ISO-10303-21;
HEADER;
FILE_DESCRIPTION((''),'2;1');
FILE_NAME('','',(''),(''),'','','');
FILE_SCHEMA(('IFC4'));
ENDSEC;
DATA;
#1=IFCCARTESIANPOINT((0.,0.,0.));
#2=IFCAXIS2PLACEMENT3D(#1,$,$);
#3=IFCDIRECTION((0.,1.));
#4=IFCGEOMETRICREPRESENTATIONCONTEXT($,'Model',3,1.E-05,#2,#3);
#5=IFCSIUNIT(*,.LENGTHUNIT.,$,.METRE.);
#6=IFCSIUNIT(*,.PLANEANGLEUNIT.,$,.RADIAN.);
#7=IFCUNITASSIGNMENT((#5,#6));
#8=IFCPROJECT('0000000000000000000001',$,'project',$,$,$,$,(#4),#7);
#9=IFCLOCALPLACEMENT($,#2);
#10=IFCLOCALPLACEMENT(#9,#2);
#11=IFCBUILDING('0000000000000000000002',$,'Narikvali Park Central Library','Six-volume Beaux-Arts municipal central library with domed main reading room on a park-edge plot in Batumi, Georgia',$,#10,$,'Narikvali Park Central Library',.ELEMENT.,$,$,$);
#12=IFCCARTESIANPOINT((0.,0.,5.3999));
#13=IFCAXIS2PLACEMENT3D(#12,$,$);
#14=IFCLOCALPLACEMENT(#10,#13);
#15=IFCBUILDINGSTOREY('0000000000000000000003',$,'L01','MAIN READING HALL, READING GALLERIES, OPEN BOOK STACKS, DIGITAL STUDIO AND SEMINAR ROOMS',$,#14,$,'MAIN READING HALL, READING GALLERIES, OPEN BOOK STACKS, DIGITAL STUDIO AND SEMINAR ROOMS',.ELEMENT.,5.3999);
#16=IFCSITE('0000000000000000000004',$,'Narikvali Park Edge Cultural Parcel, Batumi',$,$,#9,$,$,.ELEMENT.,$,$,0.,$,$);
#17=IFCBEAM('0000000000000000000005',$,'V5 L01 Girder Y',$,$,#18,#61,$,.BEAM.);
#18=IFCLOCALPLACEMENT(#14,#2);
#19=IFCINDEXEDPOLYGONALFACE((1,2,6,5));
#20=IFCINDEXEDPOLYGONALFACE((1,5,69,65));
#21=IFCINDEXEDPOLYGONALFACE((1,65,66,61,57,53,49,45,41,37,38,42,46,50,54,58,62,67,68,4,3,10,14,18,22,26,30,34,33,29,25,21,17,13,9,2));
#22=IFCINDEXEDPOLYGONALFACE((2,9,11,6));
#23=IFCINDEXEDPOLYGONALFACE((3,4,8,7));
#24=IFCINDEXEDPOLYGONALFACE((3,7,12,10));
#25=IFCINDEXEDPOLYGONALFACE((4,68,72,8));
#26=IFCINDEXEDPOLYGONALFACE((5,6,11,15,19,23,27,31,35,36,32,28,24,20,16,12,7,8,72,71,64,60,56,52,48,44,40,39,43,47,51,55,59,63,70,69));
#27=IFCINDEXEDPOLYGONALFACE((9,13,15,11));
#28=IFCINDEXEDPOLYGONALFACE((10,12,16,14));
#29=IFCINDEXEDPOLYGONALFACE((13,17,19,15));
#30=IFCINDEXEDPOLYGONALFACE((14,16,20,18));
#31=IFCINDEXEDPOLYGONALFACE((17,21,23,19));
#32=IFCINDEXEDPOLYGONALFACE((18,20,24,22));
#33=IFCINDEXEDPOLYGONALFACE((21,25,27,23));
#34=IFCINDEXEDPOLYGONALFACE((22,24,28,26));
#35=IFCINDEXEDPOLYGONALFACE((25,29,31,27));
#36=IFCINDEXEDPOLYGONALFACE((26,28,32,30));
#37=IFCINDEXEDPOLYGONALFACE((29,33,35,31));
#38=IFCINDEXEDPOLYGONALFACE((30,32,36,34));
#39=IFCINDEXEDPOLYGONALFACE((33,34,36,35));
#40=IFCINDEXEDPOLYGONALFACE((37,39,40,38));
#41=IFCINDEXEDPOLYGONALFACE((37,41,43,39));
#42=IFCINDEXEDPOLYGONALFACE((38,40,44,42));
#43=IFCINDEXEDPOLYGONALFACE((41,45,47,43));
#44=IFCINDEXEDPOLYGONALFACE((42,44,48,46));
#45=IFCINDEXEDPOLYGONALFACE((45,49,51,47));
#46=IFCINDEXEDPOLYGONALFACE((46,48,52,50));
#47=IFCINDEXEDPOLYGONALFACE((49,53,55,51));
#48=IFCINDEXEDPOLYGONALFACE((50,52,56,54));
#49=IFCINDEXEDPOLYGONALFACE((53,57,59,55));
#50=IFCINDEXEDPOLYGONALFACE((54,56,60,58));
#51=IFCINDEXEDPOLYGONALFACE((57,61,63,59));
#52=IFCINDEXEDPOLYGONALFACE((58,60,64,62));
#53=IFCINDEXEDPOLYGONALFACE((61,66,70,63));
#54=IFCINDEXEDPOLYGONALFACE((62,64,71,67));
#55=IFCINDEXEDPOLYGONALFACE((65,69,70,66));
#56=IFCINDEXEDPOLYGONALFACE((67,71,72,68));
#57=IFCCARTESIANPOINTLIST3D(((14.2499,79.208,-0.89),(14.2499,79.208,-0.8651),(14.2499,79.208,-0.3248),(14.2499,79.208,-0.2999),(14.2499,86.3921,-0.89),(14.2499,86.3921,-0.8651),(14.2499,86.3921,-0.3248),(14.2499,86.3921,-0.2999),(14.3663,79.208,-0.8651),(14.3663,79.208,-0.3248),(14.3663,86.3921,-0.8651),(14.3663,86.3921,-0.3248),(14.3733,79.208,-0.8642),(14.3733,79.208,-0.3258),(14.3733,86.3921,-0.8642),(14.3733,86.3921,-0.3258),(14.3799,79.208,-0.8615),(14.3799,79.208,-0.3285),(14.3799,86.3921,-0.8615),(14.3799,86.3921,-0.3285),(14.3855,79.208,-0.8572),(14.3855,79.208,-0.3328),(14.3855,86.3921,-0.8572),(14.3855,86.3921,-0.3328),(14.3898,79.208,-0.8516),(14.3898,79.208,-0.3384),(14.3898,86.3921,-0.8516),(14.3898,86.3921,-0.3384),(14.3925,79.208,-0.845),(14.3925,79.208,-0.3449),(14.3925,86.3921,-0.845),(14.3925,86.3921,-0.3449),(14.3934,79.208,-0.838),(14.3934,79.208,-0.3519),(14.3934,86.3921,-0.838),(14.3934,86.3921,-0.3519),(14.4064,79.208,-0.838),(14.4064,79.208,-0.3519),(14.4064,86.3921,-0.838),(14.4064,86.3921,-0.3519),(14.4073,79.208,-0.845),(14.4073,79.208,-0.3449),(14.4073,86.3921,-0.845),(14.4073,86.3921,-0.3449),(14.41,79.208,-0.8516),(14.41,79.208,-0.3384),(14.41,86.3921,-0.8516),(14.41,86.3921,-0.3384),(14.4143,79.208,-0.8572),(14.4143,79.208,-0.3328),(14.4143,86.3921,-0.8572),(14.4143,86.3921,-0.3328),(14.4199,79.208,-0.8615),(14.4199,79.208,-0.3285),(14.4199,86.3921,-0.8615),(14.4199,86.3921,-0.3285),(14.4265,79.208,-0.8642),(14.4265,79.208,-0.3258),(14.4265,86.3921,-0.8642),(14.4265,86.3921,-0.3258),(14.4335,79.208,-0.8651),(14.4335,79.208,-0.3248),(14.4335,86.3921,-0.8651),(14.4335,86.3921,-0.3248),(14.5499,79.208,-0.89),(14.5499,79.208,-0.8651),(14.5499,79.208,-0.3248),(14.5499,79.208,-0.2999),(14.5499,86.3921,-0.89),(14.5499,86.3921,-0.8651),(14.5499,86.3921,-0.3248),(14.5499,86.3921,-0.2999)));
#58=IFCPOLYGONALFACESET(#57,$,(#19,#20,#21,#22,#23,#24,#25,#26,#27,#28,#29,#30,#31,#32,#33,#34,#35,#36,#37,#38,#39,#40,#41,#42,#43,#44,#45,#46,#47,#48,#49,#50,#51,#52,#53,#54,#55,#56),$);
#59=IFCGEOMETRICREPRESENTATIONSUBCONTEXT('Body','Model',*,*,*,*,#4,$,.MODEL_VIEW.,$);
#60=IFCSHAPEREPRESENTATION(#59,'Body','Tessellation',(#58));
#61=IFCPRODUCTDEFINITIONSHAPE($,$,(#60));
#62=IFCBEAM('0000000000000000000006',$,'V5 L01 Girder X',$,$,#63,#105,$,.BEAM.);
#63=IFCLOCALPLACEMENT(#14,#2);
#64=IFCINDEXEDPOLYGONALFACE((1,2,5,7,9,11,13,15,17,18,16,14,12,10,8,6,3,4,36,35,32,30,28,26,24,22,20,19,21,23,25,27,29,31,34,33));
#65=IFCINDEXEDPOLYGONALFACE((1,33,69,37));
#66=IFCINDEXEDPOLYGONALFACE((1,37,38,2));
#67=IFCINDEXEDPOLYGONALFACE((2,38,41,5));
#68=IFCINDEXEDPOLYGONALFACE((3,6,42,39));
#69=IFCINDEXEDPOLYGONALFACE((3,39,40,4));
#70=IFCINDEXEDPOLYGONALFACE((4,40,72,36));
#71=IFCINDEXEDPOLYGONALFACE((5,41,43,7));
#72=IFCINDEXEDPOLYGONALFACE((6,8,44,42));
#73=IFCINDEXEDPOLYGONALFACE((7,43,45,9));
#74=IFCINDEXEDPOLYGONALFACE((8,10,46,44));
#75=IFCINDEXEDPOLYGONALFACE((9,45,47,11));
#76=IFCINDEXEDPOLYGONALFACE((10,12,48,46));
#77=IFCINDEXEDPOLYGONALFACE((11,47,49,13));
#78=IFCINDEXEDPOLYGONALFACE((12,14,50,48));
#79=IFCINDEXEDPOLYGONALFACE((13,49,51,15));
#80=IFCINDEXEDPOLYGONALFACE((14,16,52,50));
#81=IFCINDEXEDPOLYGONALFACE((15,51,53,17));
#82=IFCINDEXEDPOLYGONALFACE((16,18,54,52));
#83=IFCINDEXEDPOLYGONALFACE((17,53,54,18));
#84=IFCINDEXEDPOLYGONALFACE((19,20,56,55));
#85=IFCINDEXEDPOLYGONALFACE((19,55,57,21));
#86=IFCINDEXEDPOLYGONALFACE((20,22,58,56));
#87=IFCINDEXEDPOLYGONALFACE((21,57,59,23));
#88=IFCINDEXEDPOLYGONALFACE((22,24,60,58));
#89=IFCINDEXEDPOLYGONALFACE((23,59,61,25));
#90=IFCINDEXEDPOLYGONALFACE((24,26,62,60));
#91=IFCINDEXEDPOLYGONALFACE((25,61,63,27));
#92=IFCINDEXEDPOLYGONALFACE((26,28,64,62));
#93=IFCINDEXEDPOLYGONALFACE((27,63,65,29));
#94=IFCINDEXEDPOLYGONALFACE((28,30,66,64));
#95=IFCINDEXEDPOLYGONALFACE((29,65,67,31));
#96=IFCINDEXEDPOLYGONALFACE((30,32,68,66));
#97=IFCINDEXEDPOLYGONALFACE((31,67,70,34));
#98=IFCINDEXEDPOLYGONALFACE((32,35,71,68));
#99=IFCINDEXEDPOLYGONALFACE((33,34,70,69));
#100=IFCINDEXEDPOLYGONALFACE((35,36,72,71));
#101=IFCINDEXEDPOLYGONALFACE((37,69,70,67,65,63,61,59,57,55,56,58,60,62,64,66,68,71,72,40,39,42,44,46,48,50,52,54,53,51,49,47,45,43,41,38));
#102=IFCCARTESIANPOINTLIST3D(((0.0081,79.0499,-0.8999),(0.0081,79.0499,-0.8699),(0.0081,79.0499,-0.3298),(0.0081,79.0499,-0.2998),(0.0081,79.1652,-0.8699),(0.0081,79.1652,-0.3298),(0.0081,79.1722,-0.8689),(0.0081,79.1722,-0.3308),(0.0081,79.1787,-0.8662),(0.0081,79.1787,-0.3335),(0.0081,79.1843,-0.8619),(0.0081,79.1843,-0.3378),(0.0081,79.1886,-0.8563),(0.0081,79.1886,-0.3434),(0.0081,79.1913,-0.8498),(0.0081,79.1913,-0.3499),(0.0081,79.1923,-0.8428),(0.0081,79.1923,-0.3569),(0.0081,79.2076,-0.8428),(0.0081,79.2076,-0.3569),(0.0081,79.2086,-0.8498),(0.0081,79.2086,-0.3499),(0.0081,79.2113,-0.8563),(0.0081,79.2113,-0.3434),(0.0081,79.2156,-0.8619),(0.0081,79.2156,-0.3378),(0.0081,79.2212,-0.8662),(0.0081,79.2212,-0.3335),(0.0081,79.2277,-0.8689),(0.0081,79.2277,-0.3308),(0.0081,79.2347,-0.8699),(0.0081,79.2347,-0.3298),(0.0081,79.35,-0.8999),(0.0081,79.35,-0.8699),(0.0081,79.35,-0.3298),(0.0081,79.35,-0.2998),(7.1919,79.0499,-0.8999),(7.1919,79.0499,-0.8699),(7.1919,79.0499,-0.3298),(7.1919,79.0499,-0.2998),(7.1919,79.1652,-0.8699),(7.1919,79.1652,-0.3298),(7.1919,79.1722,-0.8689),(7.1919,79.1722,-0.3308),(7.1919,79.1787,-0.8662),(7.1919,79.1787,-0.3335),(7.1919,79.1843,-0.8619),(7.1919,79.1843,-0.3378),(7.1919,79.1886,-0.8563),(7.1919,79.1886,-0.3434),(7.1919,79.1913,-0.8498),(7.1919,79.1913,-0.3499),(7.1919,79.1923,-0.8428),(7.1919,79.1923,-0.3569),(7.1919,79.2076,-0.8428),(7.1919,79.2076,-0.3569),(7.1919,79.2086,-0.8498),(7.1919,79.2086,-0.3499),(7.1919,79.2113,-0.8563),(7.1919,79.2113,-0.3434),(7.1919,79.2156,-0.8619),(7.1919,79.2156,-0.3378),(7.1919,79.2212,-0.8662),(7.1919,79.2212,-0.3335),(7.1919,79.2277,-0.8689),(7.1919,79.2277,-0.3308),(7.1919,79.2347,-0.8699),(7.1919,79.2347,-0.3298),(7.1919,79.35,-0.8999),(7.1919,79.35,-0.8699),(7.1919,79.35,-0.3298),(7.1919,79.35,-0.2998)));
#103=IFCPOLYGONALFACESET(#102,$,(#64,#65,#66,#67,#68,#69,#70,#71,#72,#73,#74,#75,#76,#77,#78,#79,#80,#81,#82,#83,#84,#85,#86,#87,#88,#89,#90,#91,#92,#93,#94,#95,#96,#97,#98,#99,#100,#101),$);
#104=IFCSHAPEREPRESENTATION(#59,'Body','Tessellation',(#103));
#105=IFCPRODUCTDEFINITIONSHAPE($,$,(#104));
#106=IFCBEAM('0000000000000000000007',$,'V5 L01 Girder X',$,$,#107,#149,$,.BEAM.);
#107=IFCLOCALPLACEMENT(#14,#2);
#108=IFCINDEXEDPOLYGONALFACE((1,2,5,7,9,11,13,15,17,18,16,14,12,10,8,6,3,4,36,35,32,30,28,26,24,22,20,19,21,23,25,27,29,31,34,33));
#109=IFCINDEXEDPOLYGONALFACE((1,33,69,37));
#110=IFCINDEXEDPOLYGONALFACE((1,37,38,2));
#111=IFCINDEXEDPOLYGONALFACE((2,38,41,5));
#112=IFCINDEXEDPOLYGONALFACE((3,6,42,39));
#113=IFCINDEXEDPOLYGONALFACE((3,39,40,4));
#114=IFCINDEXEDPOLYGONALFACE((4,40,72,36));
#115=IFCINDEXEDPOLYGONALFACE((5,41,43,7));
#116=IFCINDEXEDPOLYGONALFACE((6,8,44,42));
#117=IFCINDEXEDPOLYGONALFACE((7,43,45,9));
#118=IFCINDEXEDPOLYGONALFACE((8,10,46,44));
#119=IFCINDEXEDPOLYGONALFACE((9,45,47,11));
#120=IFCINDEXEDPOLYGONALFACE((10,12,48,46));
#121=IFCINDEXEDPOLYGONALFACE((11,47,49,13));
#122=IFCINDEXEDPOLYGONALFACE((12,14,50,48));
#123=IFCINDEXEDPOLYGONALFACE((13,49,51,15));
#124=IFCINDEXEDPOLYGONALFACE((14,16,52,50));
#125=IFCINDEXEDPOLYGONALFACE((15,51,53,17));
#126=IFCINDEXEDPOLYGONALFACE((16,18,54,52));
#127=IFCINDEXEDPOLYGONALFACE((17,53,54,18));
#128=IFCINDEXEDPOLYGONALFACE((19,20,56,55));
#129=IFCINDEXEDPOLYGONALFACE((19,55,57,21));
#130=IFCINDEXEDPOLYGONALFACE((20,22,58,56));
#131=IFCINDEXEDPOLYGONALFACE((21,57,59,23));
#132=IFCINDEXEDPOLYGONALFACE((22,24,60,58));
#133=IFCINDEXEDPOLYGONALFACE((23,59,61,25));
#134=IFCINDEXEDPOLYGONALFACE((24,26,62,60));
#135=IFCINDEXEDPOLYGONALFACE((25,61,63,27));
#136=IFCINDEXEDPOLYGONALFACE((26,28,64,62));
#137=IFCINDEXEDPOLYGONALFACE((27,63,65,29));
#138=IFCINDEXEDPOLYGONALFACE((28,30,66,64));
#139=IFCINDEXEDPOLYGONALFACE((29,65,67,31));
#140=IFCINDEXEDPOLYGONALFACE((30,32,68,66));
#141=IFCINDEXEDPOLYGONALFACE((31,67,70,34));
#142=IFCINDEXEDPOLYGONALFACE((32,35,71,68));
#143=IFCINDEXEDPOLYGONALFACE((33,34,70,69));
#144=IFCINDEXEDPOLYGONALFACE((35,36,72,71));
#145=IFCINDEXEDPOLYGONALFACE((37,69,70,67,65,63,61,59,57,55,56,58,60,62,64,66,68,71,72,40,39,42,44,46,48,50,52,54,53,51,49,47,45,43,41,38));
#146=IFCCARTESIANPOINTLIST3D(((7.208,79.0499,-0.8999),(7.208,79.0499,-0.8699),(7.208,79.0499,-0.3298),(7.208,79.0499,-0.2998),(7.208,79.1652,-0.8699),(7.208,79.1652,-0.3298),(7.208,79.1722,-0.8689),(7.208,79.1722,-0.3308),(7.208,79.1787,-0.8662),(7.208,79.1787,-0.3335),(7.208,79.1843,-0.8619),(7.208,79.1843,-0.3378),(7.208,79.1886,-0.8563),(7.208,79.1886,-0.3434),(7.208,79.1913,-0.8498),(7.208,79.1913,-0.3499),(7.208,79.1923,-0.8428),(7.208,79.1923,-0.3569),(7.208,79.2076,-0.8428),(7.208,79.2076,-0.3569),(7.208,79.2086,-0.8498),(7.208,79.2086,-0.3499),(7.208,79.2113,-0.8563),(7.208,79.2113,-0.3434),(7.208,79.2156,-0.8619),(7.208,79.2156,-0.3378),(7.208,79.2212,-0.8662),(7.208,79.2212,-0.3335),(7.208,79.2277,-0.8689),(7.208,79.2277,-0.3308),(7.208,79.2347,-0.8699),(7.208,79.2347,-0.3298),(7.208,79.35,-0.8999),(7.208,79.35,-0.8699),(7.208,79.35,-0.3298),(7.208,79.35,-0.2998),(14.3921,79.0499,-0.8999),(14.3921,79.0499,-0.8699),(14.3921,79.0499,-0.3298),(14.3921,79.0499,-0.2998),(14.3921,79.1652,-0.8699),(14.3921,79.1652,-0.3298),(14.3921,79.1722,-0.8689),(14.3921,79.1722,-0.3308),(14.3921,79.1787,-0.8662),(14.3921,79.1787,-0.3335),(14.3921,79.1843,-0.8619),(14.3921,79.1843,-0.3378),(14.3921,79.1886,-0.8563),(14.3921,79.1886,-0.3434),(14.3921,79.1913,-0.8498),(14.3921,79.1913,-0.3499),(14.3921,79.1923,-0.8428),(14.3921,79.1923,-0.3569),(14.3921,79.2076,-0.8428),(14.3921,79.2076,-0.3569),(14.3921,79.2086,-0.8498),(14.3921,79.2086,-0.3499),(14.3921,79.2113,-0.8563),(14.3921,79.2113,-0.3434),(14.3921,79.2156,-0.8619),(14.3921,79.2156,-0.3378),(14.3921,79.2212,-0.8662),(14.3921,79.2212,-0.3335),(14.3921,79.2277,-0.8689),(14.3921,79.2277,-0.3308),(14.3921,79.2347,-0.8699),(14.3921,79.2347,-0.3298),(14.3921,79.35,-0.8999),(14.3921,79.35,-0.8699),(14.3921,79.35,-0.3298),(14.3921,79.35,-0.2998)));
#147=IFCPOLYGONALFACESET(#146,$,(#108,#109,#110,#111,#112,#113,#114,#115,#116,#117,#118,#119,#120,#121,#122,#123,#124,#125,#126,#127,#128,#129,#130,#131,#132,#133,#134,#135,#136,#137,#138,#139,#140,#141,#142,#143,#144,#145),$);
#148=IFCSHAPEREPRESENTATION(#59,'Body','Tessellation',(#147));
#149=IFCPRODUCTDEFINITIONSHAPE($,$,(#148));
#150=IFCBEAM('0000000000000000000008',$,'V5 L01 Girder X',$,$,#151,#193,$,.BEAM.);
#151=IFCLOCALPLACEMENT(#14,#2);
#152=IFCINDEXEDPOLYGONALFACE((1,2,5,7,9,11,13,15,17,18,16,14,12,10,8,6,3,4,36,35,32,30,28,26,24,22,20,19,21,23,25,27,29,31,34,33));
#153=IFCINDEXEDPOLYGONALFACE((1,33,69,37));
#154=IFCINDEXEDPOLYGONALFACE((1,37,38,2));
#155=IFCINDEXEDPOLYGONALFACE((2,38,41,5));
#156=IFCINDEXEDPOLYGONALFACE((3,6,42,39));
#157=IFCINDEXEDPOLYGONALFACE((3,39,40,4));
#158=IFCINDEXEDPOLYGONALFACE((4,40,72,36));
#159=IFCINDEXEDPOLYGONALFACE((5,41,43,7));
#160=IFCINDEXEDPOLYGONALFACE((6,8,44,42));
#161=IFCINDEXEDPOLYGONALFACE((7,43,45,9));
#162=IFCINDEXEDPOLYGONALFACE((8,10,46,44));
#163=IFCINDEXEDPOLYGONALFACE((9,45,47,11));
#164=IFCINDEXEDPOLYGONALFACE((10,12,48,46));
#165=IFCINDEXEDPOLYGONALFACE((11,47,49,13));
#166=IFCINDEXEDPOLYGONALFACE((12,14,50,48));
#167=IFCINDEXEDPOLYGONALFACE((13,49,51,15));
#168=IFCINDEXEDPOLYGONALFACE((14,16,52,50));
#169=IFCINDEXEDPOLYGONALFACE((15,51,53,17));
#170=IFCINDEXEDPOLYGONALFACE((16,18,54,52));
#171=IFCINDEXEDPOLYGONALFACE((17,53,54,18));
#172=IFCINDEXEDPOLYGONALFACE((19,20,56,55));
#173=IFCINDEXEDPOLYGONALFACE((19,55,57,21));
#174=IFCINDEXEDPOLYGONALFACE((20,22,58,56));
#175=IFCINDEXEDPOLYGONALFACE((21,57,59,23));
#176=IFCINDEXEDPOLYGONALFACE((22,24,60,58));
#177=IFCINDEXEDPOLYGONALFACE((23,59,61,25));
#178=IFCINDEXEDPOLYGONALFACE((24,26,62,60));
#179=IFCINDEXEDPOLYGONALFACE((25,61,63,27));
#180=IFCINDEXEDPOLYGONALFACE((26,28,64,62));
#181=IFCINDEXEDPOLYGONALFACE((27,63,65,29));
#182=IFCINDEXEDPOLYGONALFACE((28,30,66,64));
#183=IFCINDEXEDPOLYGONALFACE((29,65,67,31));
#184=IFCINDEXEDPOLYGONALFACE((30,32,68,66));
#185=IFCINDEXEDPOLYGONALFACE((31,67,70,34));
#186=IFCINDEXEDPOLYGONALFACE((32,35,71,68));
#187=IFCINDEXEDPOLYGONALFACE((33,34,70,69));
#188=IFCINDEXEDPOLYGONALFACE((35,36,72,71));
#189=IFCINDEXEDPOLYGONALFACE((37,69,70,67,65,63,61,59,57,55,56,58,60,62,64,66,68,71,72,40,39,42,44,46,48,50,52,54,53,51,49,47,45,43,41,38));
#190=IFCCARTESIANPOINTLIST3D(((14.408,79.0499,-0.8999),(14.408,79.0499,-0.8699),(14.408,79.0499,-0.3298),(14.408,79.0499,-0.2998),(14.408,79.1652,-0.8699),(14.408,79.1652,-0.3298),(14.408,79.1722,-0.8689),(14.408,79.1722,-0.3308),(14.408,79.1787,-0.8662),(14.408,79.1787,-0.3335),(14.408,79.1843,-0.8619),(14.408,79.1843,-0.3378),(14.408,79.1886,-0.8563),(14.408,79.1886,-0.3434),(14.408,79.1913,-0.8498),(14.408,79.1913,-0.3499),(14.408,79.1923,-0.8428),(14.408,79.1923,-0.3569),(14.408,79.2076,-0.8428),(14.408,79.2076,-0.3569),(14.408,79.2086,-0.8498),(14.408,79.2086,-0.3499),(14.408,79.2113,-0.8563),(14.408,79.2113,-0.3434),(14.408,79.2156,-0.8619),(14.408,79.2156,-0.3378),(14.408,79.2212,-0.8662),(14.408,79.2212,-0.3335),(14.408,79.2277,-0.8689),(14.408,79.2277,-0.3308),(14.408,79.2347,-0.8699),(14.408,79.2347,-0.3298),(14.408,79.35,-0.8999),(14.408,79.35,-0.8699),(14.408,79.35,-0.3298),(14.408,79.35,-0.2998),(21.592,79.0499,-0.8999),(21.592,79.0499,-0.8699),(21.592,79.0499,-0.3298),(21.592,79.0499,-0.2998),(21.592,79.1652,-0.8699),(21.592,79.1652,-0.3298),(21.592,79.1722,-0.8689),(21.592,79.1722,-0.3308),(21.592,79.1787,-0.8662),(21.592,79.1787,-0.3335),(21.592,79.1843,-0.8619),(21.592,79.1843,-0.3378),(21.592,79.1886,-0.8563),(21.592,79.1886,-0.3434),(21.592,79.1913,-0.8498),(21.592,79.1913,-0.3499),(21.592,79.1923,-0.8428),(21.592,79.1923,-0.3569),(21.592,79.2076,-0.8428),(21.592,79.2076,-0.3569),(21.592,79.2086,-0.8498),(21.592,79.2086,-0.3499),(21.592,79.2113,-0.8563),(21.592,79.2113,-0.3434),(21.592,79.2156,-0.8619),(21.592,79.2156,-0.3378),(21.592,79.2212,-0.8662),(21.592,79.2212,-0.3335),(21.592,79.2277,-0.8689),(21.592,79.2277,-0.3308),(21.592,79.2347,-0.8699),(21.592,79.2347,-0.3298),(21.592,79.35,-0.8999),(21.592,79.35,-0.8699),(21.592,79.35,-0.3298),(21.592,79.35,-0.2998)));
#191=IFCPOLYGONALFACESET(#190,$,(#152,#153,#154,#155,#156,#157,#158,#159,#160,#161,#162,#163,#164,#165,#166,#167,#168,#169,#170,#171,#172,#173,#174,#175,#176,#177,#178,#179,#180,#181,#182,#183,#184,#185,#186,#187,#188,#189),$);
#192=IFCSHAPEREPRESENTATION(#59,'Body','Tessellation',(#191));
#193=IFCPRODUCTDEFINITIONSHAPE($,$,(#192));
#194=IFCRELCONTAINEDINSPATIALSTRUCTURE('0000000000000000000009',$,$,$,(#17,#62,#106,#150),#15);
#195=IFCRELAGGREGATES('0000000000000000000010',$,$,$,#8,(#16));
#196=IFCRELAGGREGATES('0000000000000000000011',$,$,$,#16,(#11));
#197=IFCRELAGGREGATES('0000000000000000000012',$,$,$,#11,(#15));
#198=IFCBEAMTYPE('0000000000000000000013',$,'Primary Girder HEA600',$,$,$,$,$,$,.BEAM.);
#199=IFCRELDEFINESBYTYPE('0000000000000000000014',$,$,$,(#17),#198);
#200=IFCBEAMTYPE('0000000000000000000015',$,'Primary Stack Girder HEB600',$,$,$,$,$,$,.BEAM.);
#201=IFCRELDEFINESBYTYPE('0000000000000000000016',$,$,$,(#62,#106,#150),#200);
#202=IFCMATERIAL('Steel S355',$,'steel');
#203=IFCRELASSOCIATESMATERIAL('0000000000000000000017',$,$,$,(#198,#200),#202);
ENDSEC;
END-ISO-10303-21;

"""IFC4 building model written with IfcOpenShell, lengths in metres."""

from ifc_helpers import new_model, si_unit, direction, frame, origin, origin_2d, place, context, subcontext, project, spatial, i_section, extrude, material, material_profile, profile_set, type_object, element, save


model = new_model("IFC4")

# Units and contexts
model_context = context("Model", 3, precision=1e-05, world=origin(), true_north=direction((0.0, 1.0)))
body_context = subcontext(model_context, "Body", "Model", "MODEL_VIEW")
ifc_project = project(units=[si_unit("LENGTHUNIT", "METRE"), si_unit("PLANEANGLEUNIT", "RADIAN")], contexts=[model_context])

# Site, building, storey
site_placement = place(None, origin())
site = spatial("IfcSite", under=ifc_project, at=site_placement, Name="Narikvali Park Edge Cultural Parcel, Batumi", CompositionType="ELEMENT", RefElevation=0.0)
building_placement = place(site_placement, origin())
building = spatial("IfcBuilding", under=site, at=building_placement, Name="Narikvali Park Central Library", Description="Six-volume Beaux-Arts municipal central library with domed main reading room on a park-edge plot in Batumi, Georgia", LongName="Narikvali Park Central Library", CompositionType="ELEMENT")
storey_placement = place(building_placement, frame((0.0, 0.0, 5.3999)))
storey = spatial("IfcBuildingStorey", under=building, at=storey_placement, Name="L01", Description="MAIN READING HALL, READING GALLERIES, OPEN BOOK STACKS, DIGITAL STUDIO AND SEMINAR ROOMS", LongName="MAIN READING HALL, READING GALLERIES, OPEN BOOK STACKS, DIGITAL STUDIO AND SEMINAR ROOMS", CompositionType="ELEMENT", Elevation=5.3999)

# Shared definitions
ifc_material_1 = material(Name="Steel S355", Category="steel")

# Beams
ifc_material_profile_1 = material_profile(ifc_material_1, i_section(OverallWidth=0.3, OverallDepth=0.5901, WebThickness=0.0129, FlangeThickness=0.0249, FilletRadius=0.0271, at=origin_2d()), Name="HEA 600")
ifc_profile_set_1 = profile_set([ifc_material_profile_1], Name="Steel S355")
beam_type_1 = type_object("IfcBeamType", Name="Primary Girder HEA600", PredefinedType="BEAM", material=ifc_profile_set_1)
for number, where, z_axis, x_axis, name in (
    (1, (14.3999, 79.208, -0.595), (0.0, 1.0, 0.0), (-1.0, 0.0, 0.0), "V5 L01 Girder Y"),
):
    element("IfcBeam", number, at=place(storey_placement, frame(where, z_axis=z_axis, x_axis=x_axis)), inside=storey, type_object=beam_type_1, Name=name, PredefinedType="BEAM", context=body_context, shape_type="SweptSolid", body=[
        extrude(i_section(OverallWidth=0.3, OverallDepth=0.5901, WebThickness=0.0129, FlangeThickness=0.0249, FilletRadius=0.0271, at=origin_2d()), origin(), (0.0, 0.0, 1.0), 7.1841),
    ])
ifc_material_profile_2 = material_profile(ifc_material_1, i_section(OverallWidth=0.3, OverallDepth=0.6001, WebThickness=0.0154, FlangeThickness=0.03, FilletRadius=0.0271, at=origin_2d()), Name="HEB 600")
ifc_profile_set_2 = profile_set([ifc_material_profile_2], Name="Steel S355")
beam_type_2 = type_object("IfcBeamType", Name="Primary Stack Girder HEB600", PredefinedType="BEAM", material=ifc_profile_set_2)
beam_1_placement = place(storey_placement, frame((0.0081, 79.2, -0.5999), z_axis=(1.0, 0.0, 0.0), x_axis=(0.0, 1.0, 0.0)))
element("IfcBeam", 2, at=beam_1_placement, inside=storey, type_object=beam_type_2, Name="V5 L01 Girder X", PredefinedType="BEAM", context=body_context, shape_type="SweptSolid", body=[
    extrude(i_section(OverallWidth=0.3, OverallDepth=0.6001, WebThickness=0.0154, FlangeThickness=0.03, FilletRadius=0.0271, at=origin_2d()), origin(), (0.0, 0.0, 1.0), 7.1838),
])
for number, where, z_axis, x_axis, name in (
    (3, (7.208, 79.2, -0.5999), (1.0, 0.0, 0.0), (0.0, 1.0, 0.0), "V5 L01 Girder X"),
    (4, (14.408, 79.2, -0.5999), (1.0, 0.0, 0.0), (0.0, 1.0, 0.0), "V5 L01 Girder X"),
):
    element("IfcBeam", number, at=place(storey_placement, frame(where, z_axis=z_axis, x_axis=x_axis)), inside=storey, type_object=beam_type_2, Name=name, PredefinedType="BEAM", context=body_context, shape_type="SweptSolid", body=[
        extrude(i_section(OverallWidth=0.3, OverallDepth=0.6001, WebThickness=0.0154, FlangeThickness=0.03, FilletRadius=0.0271, at=origin_2d()), origin(), (0.0, 0.0, 1.0), 7.1841),
    ])

save(model, "model.ifc")
